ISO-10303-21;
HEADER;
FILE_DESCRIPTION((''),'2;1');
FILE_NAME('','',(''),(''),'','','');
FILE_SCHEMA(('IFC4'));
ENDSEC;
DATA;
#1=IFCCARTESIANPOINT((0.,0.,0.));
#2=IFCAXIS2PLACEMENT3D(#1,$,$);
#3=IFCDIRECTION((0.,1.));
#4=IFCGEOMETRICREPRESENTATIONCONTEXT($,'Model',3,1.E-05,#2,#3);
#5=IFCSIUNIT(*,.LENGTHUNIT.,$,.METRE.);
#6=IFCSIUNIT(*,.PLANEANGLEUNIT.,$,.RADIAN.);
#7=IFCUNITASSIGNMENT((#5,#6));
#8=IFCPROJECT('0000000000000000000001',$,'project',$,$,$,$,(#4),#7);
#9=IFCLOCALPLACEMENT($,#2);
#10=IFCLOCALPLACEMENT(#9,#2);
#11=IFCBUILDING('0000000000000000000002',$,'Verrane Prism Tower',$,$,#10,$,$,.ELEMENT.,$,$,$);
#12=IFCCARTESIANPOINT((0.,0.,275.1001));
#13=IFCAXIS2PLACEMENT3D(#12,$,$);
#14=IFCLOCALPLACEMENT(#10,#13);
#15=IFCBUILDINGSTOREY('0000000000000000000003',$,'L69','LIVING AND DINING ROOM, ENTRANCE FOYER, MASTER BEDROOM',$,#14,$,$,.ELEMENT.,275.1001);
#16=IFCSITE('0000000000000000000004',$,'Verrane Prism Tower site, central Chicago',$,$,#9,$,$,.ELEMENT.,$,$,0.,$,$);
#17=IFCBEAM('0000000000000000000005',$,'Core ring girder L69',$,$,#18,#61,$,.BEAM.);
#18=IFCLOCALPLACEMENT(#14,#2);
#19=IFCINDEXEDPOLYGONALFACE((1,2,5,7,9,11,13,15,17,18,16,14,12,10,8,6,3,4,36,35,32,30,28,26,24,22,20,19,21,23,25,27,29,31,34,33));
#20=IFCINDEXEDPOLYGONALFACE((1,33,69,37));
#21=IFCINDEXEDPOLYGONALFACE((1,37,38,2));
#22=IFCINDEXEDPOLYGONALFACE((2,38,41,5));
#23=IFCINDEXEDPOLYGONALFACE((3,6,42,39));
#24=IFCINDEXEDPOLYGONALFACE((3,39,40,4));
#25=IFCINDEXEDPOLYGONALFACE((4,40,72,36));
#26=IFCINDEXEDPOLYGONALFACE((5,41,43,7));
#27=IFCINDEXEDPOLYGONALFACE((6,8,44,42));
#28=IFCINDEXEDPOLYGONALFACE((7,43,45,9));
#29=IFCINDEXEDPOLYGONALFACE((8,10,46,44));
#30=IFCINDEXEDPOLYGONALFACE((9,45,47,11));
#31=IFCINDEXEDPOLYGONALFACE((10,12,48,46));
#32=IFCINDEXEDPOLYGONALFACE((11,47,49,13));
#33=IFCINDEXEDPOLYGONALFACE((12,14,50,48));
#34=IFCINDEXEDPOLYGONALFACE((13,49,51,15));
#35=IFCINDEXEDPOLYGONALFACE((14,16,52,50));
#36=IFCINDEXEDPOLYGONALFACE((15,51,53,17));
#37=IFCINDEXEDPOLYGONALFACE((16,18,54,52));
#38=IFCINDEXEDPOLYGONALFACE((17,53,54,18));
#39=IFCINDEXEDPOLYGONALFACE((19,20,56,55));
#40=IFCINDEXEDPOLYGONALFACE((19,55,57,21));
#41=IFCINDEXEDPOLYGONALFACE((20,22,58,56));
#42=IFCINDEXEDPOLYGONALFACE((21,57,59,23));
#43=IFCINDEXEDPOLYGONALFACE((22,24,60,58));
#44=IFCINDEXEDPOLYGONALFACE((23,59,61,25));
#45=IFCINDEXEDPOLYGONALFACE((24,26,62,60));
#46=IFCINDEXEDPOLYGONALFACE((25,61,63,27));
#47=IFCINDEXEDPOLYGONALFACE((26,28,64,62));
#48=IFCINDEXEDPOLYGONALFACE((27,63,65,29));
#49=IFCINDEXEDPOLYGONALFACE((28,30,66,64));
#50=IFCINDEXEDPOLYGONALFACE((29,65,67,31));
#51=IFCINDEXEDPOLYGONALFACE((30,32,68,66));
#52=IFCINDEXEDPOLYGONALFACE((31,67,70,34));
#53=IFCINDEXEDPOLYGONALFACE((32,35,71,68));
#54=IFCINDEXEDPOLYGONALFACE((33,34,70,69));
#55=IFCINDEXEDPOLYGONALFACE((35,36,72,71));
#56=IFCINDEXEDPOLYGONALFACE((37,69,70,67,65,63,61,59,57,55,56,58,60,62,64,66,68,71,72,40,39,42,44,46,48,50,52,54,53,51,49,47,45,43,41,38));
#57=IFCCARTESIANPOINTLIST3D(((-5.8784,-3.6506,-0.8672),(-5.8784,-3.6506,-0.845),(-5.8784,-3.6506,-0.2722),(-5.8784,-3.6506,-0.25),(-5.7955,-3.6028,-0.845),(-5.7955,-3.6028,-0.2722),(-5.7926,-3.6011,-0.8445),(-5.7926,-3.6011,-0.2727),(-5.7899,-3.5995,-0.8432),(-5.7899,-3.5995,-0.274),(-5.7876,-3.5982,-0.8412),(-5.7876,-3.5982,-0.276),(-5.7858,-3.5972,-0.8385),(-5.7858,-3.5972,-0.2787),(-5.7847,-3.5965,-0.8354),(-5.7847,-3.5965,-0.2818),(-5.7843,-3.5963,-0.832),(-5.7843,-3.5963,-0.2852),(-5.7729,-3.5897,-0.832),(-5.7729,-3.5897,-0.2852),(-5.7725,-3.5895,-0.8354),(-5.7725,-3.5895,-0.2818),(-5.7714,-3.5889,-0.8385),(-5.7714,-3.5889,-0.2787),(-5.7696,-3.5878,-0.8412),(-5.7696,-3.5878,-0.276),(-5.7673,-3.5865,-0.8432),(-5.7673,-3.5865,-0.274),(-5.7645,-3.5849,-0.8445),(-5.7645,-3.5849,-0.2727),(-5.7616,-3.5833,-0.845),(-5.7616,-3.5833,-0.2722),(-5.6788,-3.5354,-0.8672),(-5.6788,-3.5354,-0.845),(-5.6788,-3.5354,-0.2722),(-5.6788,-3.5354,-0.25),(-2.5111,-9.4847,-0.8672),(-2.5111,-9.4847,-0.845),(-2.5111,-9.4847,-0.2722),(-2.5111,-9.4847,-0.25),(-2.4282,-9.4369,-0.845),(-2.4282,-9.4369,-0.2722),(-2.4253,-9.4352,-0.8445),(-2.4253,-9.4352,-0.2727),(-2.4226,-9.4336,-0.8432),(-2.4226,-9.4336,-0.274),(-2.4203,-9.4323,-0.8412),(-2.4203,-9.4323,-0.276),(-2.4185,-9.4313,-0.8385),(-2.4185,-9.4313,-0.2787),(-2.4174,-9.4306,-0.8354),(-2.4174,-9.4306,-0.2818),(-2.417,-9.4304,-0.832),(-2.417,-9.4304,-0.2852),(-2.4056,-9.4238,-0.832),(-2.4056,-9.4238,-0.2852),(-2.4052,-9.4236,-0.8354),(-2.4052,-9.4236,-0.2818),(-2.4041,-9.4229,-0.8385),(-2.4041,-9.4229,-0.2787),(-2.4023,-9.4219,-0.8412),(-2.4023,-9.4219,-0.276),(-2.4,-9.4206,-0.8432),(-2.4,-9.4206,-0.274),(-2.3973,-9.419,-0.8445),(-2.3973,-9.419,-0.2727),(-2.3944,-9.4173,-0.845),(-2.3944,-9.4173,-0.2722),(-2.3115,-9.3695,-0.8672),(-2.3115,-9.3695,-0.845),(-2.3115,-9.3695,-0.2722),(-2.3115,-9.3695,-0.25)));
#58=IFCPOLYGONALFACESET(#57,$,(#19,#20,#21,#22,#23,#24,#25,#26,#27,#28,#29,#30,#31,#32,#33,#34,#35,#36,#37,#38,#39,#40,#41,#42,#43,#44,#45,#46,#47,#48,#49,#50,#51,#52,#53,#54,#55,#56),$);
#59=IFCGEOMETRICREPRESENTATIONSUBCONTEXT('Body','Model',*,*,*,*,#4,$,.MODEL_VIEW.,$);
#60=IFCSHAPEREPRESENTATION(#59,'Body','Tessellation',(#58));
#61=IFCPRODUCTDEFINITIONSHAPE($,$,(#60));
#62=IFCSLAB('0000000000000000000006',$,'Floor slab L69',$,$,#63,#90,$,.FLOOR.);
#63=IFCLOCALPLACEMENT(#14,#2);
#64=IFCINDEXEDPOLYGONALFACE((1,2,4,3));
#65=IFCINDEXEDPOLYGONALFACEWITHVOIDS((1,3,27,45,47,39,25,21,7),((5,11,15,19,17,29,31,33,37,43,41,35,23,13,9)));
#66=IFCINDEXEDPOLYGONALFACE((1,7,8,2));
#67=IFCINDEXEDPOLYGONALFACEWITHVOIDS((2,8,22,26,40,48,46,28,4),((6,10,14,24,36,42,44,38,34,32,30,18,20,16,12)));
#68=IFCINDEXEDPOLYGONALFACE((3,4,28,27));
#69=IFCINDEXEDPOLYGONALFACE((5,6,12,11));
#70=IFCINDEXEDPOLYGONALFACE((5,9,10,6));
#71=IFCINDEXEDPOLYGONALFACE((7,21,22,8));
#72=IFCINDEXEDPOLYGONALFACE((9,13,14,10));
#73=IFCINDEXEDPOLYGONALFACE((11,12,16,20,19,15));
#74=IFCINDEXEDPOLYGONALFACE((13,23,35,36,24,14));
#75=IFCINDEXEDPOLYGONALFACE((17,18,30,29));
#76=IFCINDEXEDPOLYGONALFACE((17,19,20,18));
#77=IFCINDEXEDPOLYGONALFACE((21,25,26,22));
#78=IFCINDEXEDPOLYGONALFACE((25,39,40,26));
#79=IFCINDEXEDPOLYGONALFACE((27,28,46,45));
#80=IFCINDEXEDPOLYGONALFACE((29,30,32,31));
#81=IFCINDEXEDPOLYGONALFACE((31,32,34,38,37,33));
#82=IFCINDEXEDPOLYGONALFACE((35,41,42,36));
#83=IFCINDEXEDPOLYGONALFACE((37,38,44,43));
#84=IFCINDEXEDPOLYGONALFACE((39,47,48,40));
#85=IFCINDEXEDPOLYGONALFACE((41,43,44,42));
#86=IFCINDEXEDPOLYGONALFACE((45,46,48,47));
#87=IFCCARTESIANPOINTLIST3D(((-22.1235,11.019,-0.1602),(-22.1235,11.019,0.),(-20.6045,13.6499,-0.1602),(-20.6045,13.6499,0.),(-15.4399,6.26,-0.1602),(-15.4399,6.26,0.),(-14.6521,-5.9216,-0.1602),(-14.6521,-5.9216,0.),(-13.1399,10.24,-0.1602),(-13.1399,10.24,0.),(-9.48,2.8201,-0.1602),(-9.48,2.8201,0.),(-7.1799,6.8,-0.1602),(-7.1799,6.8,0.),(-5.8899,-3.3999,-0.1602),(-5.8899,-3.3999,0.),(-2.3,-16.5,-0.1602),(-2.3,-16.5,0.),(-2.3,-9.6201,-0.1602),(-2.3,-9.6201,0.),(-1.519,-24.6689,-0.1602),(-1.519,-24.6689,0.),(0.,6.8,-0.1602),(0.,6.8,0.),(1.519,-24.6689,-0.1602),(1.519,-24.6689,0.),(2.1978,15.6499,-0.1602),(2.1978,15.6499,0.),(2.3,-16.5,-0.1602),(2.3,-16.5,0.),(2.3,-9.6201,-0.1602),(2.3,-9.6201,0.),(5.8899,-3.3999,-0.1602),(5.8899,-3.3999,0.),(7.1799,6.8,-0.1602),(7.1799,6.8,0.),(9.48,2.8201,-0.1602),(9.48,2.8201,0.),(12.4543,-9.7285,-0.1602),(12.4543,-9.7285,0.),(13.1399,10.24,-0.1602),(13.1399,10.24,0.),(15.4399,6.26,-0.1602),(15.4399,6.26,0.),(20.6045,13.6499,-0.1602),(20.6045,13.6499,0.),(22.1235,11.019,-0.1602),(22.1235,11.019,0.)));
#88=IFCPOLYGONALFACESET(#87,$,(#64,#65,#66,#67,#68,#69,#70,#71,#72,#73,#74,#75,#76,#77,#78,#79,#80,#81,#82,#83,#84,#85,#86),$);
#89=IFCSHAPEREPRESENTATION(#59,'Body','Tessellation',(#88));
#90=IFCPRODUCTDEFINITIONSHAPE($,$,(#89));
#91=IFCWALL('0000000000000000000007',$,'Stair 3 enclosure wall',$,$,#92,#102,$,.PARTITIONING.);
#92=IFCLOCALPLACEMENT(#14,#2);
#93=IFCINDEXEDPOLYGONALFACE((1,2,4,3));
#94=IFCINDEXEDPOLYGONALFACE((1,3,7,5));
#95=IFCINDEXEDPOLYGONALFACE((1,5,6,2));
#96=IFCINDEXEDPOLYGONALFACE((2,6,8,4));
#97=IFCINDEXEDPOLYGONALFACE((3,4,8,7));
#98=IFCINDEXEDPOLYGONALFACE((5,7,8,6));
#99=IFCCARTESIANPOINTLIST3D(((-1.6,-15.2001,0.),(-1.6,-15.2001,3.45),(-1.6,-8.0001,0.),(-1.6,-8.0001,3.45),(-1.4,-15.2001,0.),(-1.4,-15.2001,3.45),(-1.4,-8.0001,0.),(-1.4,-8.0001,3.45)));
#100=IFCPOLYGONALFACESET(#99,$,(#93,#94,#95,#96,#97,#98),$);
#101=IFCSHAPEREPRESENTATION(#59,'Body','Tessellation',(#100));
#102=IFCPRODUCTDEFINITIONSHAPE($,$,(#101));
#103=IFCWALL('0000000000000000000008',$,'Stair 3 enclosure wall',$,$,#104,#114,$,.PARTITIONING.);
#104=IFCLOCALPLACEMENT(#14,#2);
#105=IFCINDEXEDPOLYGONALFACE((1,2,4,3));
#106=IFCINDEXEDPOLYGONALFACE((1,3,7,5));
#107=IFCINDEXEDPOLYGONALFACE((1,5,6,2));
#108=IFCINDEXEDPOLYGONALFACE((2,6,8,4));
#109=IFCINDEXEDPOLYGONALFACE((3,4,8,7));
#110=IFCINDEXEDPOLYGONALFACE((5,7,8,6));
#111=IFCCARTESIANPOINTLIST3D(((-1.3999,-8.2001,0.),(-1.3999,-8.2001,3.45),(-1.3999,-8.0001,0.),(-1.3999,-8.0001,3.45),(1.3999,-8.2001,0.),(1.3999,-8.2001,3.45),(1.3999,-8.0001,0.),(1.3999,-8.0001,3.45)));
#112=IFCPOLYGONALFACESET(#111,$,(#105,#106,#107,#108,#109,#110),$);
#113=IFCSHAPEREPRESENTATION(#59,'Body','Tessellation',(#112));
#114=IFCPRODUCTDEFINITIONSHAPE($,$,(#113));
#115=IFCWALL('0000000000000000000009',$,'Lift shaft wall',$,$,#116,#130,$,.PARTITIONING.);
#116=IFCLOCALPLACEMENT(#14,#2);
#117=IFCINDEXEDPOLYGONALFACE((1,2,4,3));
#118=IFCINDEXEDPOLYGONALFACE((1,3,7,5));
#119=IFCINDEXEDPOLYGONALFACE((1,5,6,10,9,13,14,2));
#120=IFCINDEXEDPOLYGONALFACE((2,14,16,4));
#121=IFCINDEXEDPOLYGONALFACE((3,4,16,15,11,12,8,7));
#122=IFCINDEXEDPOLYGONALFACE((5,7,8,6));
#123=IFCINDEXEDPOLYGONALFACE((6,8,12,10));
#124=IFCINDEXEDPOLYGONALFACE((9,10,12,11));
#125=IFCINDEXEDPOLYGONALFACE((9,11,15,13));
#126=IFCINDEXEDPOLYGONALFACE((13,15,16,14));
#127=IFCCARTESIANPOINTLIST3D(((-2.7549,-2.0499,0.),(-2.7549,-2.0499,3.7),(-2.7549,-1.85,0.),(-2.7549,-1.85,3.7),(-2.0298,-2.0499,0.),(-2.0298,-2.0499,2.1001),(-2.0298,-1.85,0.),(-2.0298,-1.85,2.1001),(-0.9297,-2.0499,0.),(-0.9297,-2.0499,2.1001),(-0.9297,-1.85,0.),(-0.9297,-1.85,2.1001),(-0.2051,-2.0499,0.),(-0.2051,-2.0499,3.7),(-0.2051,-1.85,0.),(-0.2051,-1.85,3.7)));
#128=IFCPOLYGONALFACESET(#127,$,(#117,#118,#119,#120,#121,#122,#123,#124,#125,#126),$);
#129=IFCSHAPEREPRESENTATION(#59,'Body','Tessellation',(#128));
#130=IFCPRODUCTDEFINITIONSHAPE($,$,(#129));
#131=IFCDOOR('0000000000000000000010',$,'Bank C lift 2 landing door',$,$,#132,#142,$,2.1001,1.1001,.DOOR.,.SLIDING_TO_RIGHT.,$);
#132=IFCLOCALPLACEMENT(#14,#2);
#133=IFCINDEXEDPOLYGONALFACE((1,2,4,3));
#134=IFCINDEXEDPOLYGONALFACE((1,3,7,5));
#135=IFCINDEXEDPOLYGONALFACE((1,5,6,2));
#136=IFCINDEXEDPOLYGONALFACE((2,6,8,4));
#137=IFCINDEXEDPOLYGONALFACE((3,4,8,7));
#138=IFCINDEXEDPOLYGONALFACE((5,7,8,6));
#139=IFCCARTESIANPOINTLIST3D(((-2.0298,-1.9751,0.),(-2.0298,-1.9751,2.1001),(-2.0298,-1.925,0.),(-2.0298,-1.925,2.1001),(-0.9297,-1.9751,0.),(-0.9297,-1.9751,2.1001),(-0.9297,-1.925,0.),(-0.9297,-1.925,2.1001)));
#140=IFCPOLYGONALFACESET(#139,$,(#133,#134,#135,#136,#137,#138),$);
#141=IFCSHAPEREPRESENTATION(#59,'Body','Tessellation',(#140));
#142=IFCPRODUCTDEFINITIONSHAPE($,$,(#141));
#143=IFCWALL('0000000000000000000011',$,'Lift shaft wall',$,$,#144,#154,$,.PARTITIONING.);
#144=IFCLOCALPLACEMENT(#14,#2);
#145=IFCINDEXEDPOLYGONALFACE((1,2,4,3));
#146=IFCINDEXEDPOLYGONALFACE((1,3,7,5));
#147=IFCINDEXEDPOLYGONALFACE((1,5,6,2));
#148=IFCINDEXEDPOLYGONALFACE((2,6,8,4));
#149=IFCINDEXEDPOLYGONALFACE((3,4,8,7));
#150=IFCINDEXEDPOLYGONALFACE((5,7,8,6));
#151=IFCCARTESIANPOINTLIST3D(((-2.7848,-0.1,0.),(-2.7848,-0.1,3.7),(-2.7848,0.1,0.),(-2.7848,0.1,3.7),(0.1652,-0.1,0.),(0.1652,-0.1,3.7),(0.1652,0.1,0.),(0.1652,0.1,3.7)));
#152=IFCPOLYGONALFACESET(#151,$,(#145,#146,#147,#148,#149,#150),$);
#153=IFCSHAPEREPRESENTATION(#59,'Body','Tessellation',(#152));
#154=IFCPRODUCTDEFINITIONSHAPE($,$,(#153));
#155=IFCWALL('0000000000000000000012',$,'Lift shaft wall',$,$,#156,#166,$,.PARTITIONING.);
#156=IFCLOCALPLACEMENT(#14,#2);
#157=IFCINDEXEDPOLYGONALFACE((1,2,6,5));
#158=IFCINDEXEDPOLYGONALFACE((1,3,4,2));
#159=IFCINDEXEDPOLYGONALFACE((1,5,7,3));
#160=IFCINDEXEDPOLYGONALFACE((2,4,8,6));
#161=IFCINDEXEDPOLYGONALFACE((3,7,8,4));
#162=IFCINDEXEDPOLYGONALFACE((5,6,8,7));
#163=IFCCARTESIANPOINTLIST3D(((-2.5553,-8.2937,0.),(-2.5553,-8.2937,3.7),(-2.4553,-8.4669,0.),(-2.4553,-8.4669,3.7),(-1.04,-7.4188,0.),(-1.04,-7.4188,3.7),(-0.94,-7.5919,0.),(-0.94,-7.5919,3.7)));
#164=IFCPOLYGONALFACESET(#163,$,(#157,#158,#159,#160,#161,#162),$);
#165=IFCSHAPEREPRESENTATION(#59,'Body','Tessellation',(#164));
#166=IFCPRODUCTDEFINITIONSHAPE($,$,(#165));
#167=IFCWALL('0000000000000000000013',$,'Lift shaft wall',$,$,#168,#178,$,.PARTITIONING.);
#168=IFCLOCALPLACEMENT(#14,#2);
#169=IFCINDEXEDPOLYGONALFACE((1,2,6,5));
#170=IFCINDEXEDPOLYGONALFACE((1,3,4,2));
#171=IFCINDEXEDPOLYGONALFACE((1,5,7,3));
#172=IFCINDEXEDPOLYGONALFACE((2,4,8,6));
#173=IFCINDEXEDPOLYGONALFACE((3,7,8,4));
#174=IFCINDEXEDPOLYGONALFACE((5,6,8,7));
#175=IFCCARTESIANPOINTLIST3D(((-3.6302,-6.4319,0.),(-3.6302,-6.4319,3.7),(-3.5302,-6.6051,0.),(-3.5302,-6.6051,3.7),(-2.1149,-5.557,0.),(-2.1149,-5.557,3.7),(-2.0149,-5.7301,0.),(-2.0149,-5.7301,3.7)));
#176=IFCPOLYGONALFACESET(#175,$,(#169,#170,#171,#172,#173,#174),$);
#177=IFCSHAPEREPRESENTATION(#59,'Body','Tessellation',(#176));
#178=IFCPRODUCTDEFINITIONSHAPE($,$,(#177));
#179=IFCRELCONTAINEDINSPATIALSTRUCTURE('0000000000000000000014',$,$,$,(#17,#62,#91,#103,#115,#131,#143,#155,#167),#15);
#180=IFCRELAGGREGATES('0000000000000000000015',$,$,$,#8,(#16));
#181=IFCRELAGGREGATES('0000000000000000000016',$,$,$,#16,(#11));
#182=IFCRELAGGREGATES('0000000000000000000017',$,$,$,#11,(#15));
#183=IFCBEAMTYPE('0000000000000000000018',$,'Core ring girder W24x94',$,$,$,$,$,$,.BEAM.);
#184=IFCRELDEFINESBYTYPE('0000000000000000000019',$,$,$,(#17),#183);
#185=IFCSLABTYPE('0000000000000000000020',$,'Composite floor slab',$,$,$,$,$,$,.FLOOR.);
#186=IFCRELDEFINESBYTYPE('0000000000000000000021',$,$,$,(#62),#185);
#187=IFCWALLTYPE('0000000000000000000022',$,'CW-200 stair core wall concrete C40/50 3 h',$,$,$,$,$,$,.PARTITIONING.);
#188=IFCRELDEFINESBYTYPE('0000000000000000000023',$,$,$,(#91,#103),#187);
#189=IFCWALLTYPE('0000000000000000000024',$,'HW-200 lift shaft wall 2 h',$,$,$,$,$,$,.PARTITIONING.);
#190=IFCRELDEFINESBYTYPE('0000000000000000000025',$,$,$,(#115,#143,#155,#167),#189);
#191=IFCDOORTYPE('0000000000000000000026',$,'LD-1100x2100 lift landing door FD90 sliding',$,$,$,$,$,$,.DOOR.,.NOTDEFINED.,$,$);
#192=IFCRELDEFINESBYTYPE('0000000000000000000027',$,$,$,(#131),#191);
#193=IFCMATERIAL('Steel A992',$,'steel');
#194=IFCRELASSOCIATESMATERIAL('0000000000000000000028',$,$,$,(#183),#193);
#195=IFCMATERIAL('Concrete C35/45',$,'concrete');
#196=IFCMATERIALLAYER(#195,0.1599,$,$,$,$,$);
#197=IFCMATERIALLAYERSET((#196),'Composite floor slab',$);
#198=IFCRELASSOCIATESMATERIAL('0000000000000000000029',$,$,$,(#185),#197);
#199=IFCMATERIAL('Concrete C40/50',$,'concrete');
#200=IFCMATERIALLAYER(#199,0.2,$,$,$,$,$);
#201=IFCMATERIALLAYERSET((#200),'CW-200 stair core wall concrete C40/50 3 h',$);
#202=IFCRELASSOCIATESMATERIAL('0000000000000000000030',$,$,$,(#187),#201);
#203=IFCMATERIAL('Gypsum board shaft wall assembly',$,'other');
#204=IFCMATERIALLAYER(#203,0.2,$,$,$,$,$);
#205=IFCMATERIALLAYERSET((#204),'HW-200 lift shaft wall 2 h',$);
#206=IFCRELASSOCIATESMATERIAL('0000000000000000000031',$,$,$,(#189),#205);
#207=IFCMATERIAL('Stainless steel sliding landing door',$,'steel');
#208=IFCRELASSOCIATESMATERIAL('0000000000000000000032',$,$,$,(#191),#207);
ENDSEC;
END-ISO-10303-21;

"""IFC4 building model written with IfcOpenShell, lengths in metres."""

from ifc_helpers import new_model, si_unit, direction, frame, frame_2d, origin, origin_2d, place, context, subcontext, project, spatial, polyline, rectangle, i_section, outline, extrude, material, layer, layer_set, material_profile, profile_set, type_object, element, fill, save


model = new_model("IFC4")

# Units and contexts
model_context = context("Model", 3, precision=1e-05, world=origin(), true_north=direction((0.0, 1.0)))
body_context = subcontext(model_context, "Body", "Model", "MODEL_VIEW")
ifc_project = project(units=[si_unit("LENGTHUNIT", "METRE"), si_unit("PLANEANGLEUNIT", "RADIAN")], contexts=[model_context])

# Site, building, storey
site_placement = place(None, origin())
site = spatial("IfcSite", under=ifc_project, at=site_placement, Name="Verrane Prism Tower site, central Chicago", CompositionType="ELEMENT", RefElevation=0.0)
building_placement = place(site_placement, origin())
building = spatial("IfcBuilding", under=site, at=building_placement, Name="Verrane Prism Tower", CompositionType="ELEMENT")
storey_placement = place(building_placement, frame((0.0, 0.0, 275.1001)))
storey = spatial("IfcBuildingStorey", under=building, at=storey_placement, Name="L69", Description="LIVING AND DINING ROOM, ENTRANCE FOYER, MASTER BEDROOM", CompositionType="ELEMENT", Elevation=275.1001)

# Beam
ifc_material_1 = material(Name="Steel A992", Category="steel")
ifc_material_profile = material_profile(ifc_material_1, i_section(OverallWidth=0.2305, OverallDepth=0.6172, WebThickness=0.0132, FlangeThickness=0.0222, FilletRadius=0.0129, at=origin_2d()), Name="W24x94")
ifc_profile_set = profile_set([ifc_material_profile], Name="Steel A992")
beam_type = type_object("IfcBeamType", Name="Core ring girder W24x94", PredefinedType="BEAM", material=ifc_profile_set)
beam_placement = place(storey_placement, frame((-5.7786, -3.593, -0.5586), z_axis=(0.499881, -0.866094, 0.0), x_axis=(0.866094, 0.499881, 0.0)))
element("IfcBeam", 1, at=beam_placement, inside=storey, type_object=beam_type, Name="Core ring girder L69", PredefinedType="BEAM", context=body_context, shape_type="SweptSolid", body=[
    extrude(i_section(OverallWidth=0.2305, OverallDepth=0.6172, WebThickness=0.0132, FlangeThickness=0.0222, FilletRadius=0.0129, at=origin_2d()), origin(), (0.0, 0.0, 1.0), 6.7361),
])

# Slab
ifc_material_2 = material(Name="Concrete C35/45", Category="concrete")
ifc_layer_1 = layer(ifc_material_2, 0.1599)
ifc_layer_set_1 = layer_set([ifc_layer_1], Name="Composite floor slab")
slab_type = type_object("IfcSlabType", Name="Composite floor slab", PredefinedType="FLOOR", material=ifc_layer_set_1)
slab_placement = place(storey_placement, frame((0.0, 0.0, -0.1602)))
element("IfcSlab", 2, at=slab_placement, inside=storey, type_object=slab_type, Name="Floor slab L69", PredefinedType="FLOOR", context=body_context, shape_type="SweptSolid", body=[
    extrude(outline(polyline([(12.4543, -9.7285), (1.519, -24.6689), (-1.519, -24.6689), (-14.6521, -5.9216), (-22.1235, 11.019), (-20.6045, 13.6499), (2.1978, 15.6499), (20.6045, 13.6499), (22.1235, 11.019), (12.4543, -9.7285)]), holes=[polyline([(15.4399, 6.26), (13.1399, 10.24), (7.1799, 6.8), (0.0, 6.8), (-7.1799, 6.8), (-13.1399, 10.24), (-15.4399, 6.26), (-9.48, 2.8201), (-5.8899, -3.3999), (-2.3, -9.6201), (-2.3, -16.5), (2.3, -16.5), (2.3, -9.6201), (5.8899, -3.3999), (9.48, 2.8201), (15.4399, 6.26)])]), origin(), (0.0, 0.0, 1.0), 0.1602),
])

# Walls
ifc_material_3 = material(Name="Concrete C40/50", Category="concrete")
ifc_layer_2 = layer(ifc_material_3, 0.2)
ifc_layer_set_2 = layer_set([ifc_layer_2], Name="CW-200 stair core wall concrete C40/50 3 h")
wall_type_1 = type_object("IfcWallType", Name="CW-200 stair core wall concrete C40/50 3 h", PredefinedType="PARTITIONING", material=ifc_layer_set_2)
wall_1_placement = place(storey_placement, frame((-1.5, -8.0, 0.0), z_axis=(0.0, 0.0, 1.0), x_axis=(0.0, -1.0, 0.0)))
element("IfcWall", 3, at=wall_1_placement, inside=storey, type_object=wall_type_1, Name="Stair 3 enclosure wall", PredefinedType="PARTITIONING", context=body_context, shape_type="SweptSolid", body=[
    extrude(rectangle(XDim=7.2, YDim=0.2, at=frame_2d((3.6001, 0.0))), origin(), (0.0, 0.0, 1.0), 3.45),
])
wall_2_placement = place(storey_placement, frame((-1.3999, -8.1001, 0.0), z_axis=(0.0, 0.0, 1.0), x_axis=(1.0, 0.0, 0.0)))
element("IfcWall", 4, at=wall_2_placement, inside=storey, type_object=wall_type_1, Name="Stair 3 enclosure wall", PredefinedType="PARTITIONING", context=body_context, shape_type="SweptSolid", body=[
    extrude(rectangle(XDim=2.7998, YDim=0.2, at=frame_2d((1.3999, 0.0))), origin(), (0.0, 0.0, 1.0), 3.45),
])

# Wall, opening, door
ifc_material_4 = material(Name="Gypsum board shaft wall assembly", Category="other")
ifc_layer_3 = layer(ifc_material_4, 0.2)
ifc_layer_set_3 = layer_set([ifc_layer_3], Name="HW-200 lift shaft wall 2 h")
wall_type_2 = type_object("IfcWallType", Name="HW-200 lift shaft wall 2 h", PredefinedType="PARTITIONING", material=ifc_layer_set_3)
wall_3_placement = place(storey_placement, frame((-2.7549, -1.95, 0.0), z_axis=(0.0, 0.0, 1.0), x_axis=(1.0, 0.0, 0.0)))
wall_3 = element("IfcWall", 5, at=wall_3_placement, inside=storey, type_object=wall_type_2, Name="Lift shaft wall", PredefinedType="PARTITIONING", context=body_context, shape_type="SweptSolid", body=[
    extrude(rectangle(XDim=2.5498, YDim=0.2, at=frame_2d((1.2749, 0.0))), origin(), (0.0, 0.0, 1.0), 3.7),
])
opening_1_placement = place(wall_3_placement, frame((0.7251, 0.0, 0.0)))
opening_1 = element("IfcOpeningElement", 6, at=opening_1_placement, cuts=wall_3, PredefinedType="OPENING", context=body_context, shape_type="SweptSolid", body=[
    extrude(rectangle(XDim=1.1001, YDim=2.1001, at=frame_2d((0.55, 1.05))), frame((0.0, 0.1099, 0.0), z_axis=(0.0, -1.0, 0.0), x_axis=(1.0, 0.0, 0.0)), (0.0, 0.0, 1.0), 0.22),
])
ifc_material_5 = material(Name="Stainless steel sliding landing door", Category="steel")
door_type_1 = type_object("IfcDoorType", Name="LD-1100x2100 lift landing door FD90 sliding", OperationType="NOTDEFINED", PredefinedType="DOOR", material=ifc_material_5)
door_1_placement = place(opening_1_placement, origin())
door_1 = element("IfcDoor", 7, at=door_1_placement, inside=storey, type_object=door_type_1, Name="Bank C lift 2 landing door", OperationType="SLIDING_TO_RIGHT", OverallHeight=2.1001, OverallWidth=1.1001, PredefinedType="DOOR", context=body_context, shape_type="SweptSolid", body=[
    extrude(rectangle(XDim=1.1001, YDim=2.1001, at=frame_2d((0.55, 1.05))), frame((0.0, 0.0249, 0.0), z_axis=(0.0, -1.0, 0.0), x_axis=(1.0, 0.0, 0.0)), (0.0, 0.0, 1.0), 0.05),
])
fill(opening_1, door_1)

# Walls
wall_4_placement = place(storey_placement, frame((-2.7849, 0.0, 0.0), z_axis=(0.0, 0.0, 1.0), x_axis=(1.0, 0.0, 0.0)))
element("IfcWall", 8, at=wall_4_placement, inside=storey, type_object=wall_type_2, Name="Lift shaft wall", PredefinedType="PARTITIONING", context=body_context, shape_type="SweptSolid", body=[
    extrude(rectangle(XDim=2.95, YDim=0.2, at=frame_2d((1.4751, 0.0))), origin(), (0.0, 0.0, 1.0), 3.7),
])
for number, where, z_axis, x_axis, name in (
    (9, (-2.5054, -8.3804, 0.0), (0.0, 0.0, 1.0), (0.866002, 0.50004, 0.0), "Lift shaft wall"),
    (10, (-3.5803, -6.5186, 0.0), (0.0, 0.0, 1.0), (0.866002, 0.50004, 0.0), "Lift shaft wall"),
):
    element("IfcWall", number, at=place(storey_placement, frame(where, z_axis=z_axis, x_axis=x_axis)), inside=storey, type_object=wall_type_2, Name=name, PredefinedType="PARTITIONING", context=body_context, shape_type="SweptSolid", body=[
        extrude(rectangle(XDim=1.7498, YDim=0.2, at=frame_2d((0.875, 0.0))), origin(), (0.0, 0.0, 1.0), 3.7),
    ])

save(model, "model.ifc")
